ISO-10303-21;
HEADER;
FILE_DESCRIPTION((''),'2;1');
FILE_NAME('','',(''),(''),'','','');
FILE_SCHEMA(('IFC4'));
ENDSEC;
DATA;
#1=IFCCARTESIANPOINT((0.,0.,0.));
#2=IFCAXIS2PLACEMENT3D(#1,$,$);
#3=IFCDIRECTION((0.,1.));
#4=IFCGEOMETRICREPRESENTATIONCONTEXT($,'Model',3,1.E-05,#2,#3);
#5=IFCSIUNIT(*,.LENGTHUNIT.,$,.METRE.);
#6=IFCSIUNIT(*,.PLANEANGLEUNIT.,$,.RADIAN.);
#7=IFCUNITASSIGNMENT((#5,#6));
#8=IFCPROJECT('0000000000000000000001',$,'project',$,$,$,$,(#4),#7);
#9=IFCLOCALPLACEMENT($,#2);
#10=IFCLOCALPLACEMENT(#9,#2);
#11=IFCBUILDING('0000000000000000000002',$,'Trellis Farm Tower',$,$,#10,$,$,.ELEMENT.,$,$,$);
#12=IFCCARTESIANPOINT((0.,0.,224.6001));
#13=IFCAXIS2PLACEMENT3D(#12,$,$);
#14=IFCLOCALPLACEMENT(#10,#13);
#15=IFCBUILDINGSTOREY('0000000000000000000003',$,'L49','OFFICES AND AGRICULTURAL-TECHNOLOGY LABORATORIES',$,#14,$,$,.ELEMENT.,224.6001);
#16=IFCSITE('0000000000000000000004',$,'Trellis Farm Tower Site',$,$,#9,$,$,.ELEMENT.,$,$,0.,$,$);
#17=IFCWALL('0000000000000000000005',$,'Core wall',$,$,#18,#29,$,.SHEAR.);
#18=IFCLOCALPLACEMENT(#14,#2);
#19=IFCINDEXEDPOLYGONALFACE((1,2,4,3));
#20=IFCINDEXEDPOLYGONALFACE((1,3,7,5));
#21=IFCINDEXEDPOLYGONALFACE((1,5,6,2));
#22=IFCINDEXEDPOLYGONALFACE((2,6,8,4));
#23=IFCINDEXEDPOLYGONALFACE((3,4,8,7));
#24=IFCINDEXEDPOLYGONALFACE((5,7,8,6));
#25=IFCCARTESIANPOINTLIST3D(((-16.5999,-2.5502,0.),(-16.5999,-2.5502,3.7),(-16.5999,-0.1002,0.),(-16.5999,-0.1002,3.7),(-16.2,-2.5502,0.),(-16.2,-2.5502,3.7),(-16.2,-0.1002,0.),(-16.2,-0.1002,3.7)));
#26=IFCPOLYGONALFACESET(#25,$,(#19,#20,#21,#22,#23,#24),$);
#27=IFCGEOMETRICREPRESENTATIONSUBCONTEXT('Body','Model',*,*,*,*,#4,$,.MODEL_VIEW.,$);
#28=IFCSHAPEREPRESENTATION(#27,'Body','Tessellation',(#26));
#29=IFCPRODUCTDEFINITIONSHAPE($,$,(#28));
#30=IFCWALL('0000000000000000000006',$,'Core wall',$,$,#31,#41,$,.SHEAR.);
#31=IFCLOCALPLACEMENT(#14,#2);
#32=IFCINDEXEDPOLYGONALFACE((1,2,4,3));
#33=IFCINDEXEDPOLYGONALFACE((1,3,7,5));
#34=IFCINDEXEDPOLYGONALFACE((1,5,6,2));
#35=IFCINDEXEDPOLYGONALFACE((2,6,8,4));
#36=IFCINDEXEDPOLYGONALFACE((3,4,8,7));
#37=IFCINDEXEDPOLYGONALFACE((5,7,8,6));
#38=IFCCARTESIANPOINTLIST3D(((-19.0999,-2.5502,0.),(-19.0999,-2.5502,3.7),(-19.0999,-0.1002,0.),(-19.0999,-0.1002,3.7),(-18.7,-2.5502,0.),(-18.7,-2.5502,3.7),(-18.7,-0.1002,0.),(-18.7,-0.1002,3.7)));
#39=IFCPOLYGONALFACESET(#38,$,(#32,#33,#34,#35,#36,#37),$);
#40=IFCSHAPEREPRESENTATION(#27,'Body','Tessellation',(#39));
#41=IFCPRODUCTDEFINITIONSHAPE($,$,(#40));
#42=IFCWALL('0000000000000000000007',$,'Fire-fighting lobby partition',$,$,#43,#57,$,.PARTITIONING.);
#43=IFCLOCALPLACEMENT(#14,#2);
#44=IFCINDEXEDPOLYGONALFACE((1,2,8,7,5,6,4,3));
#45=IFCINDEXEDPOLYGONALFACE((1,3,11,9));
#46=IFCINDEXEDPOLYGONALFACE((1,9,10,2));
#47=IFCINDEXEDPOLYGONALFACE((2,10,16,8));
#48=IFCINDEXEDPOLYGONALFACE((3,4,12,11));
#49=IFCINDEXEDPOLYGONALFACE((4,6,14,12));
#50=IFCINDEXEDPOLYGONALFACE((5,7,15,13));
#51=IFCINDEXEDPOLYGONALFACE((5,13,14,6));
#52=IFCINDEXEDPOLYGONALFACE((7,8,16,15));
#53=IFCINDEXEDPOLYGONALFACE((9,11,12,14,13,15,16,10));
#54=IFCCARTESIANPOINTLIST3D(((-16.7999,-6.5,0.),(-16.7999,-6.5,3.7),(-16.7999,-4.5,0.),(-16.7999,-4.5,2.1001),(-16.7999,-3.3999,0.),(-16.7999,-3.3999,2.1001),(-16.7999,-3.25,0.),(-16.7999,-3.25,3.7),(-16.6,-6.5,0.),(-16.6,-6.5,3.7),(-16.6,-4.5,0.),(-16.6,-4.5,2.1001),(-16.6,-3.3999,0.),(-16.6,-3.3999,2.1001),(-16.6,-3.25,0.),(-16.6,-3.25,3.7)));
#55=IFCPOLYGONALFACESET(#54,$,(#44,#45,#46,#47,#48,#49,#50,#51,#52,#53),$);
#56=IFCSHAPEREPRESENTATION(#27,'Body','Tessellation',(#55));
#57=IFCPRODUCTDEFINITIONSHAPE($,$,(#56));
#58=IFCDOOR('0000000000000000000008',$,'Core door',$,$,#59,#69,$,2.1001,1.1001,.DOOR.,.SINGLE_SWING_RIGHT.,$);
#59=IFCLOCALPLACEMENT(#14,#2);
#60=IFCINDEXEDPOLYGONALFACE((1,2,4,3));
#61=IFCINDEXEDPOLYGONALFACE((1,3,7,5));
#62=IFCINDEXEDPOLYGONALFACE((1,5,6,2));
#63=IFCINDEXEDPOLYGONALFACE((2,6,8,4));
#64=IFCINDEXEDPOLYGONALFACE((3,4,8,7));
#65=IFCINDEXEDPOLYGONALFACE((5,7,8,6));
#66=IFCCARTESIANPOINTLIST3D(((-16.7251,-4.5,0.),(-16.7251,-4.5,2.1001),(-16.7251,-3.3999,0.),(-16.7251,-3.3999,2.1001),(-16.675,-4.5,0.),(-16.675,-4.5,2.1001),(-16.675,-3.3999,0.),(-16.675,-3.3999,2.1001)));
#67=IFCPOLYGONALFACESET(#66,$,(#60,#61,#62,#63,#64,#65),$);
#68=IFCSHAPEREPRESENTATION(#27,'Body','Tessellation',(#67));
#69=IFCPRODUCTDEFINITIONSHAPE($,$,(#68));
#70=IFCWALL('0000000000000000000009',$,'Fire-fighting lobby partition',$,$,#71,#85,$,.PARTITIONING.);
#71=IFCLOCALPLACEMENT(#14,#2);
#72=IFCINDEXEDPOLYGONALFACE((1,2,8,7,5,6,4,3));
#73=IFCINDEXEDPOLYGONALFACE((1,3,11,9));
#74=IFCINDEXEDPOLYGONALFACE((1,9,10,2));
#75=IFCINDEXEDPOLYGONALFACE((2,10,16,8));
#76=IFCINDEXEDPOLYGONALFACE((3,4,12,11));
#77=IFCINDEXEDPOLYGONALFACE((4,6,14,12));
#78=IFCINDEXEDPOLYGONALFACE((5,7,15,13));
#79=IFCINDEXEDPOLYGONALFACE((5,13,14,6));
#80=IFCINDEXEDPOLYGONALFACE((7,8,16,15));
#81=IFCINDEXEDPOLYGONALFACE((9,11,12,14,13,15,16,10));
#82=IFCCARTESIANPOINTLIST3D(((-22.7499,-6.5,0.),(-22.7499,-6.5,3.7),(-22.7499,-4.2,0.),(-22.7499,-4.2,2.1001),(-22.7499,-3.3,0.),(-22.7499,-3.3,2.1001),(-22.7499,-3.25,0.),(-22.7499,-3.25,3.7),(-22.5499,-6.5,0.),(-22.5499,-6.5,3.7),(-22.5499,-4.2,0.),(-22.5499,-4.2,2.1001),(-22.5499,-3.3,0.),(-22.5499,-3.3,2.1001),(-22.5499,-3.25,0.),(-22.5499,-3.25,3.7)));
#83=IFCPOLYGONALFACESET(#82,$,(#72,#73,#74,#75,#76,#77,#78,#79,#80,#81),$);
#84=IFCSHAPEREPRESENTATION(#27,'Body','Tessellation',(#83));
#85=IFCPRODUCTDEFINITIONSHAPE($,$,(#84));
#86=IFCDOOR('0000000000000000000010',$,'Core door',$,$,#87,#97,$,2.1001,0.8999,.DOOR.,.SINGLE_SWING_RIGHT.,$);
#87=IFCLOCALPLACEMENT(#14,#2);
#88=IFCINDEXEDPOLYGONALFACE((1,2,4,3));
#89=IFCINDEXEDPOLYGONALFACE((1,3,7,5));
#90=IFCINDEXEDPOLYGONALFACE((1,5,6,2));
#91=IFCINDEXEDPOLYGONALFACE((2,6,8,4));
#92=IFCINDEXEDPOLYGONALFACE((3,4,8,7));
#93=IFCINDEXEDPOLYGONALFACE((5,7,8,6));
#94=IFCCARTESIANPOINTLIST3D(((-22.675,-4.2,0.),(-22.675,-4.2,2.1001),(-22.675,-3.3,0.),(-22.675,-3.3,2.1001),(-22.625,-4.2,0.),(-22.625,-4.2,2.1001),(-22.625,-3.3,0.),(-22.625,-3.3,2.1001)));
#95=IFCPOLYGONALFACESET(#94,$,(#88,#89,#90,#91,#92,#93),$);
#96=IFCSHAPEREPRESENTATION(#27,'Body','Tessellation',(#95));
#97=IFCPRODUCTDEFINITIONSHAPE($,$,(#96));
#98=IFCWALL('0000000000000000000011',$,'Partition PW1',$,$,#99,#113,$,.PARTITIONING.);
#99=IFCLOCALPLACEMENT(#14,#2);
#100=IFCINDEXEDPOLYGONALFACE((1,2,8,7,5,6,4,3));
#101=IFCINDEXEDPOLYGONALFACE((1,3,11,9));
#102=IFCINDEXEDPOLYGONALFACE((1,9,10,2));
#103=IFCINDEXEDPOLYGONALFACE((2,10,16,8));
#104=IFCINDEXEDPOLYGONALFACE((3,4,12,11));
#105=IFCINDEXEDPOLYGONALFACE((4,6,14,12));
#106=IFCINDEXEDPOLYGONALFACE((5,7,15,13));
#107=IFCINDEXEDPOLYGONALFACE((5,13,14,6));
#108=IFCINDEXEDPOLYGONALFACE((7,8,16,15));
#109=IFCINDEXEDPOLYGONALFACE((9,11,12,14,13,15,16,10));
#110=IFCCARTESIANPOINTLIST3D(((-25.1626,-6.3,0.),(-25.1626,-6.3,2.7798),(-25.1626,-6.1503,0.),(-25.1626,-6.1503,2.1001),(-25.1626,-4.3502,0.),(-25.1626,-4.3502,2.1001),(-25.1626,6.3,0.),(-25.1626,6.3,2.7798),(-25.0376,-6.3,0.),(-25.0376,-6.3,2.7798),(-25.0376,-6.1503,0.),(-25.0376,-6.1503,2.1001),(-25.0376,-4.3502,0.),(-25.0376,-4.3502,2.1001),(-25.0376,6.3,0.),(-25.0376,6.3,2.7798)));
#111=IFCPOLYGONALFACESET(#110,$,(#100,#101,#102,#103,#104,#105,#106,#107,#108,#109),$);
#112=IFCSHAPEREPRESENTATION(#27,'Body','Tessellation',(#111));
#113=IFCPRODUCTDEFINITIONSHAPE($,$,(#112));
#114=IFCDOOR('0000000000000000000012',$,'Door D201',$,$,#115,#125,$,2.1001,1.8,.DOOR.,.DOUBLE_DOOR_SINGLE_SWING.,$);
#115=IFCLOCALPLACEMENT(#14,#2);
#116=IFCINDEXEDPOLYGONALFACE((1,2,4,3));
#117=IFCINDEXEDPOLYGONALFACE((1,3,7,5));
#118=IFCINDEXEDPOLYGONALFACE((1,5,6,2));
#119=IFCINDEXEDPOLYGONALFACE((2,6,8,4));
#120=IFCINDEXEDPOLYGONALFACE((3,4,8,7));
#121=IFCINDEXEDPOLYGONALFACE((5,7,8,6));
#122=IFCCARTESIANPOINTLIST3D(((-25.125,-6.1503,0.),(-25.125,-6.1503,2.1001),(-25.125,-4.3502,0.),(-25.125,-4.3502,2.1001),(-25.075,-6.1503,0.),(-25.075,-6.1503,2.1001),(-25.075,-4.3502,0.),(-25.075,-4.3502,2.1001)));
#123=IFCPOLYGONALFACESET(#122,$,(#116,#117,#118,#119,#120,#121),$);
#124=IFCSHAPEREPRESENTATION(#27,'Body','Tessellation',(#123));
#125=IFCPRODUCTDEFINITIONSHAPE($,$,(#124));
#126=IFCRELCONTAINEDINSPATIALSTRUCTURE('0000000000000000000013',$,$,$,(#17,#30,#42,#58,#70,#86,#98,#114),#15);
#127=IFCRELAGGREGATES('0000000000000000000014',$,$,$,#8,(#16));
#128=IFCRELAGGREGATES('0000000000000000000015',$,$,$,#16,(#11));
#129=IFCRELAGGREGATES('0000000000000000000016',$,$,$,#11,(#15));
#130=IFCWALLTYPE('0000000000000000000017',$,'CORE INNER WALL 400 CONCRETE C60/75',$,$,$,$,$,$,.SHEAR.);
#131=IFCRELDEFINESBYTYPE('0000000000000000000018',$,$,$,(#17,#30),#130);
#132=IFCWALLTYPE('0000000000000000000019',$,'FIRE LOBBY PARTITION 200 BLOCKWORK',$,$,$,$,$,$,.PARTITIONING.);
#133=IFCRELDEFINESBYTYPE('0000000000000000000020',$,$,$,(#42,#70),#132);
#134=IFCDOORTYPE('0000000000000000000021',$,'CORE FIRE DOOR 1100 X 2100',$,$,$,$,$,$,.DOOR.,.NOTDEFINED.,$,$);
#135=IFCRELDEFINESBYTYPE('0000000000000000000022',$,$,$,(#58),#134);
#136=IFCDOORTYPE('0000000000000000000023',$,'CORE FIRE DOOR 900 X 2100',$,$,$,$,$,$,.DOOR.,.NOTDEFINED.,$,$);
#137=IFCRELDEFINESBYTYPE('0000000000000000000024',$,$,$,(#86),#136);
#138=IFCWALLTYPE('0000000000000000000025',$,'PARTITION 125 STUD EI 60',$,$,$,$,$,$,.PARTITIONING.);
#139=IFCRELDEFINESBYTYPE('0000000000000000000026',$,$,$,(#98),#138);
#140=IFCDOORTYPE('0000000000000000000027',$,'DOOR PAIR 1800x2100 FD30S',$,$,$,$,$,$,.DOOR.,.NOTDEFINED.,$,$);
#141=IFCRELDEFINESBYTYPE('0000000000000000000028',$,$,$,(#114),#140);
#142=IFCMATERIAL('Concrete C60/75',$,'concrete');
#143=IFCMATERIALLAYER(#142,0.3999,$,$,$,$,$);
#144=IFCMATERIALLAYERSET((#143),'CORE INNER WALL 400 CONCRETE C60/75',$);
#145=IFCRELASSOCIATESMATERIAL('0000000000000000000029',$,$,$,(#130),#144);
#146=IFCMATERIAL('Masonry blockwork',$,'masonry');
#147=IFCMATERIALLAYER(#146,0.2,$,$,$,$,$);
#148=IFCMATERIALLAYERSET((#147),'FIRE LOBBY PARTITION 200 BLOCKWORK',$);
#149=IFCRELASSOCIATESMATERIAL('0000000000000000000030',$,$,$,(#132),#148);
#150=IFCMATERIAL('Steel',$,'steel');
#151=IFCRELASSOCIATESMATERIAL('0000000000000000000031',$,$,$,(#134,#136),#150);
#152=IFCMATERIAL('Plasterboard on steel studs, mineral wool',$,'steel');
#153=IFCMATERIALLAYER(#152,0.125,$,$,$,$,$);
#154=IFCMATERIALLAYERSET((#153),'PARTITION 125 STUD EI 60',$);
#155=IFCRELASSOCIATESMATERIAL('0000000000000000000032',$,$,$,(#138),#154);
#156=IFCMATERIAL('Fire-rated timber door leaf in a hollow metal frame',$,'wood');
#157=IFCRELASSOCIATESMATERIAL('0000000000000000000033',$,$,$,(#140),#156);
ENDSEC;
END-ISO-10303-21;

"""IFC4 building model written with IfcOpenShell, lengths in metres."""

from ifc_helpers import new_model, si_unit, direction, frame, frame_2d, origin, place, context, subcontext, project, spatial, rectangle, extrude, source, transform, mapped, material, layer, layer_set, type_object, element, fill, save


model = new_model("IFC4")

# Units and contexts
model_context = context("Model", 3, precision=1e-05, world=origin(), true_north=direction((0.0, 1.0)))
body_context = subcontext(model_context, "Body", "Model", "MODEL_VIEW")
ifc_project = project(units=[si_unit("LENGTHUNIT", "METRE"), si_unit("PLANEANGLEUNIT", "RADIAN")], contexts=[model_context])

# Site, building, storey
site_placement = place(None, origin())
site = spatial("IfcSite", under=ifc_project, at=site_placement, Name="Trellis Farm Tower Site", CompositionType="ELEMENT", RefElevation=0.0)
building_placement = place(site_placement, origin())
building = spatial("IfcBuilding", under=site, at=building_placement, Name="Trellis Farm Tower", CompositionType="ELEMENT")
storey_placement = place(building_placement, frame((0.0, 0.0, 224.6001)))
storey = spatial("IfcBuildingStorey", under=building, at=storey_placement, Name="L49", Description="OFFICES AND AGRICULTURAL-TECHNOLOGY LABORATORIES", CompositionType="ELEMENT", Elevation=224.6001)

# Shared definitions
ifc_material_1 = material(Name="Concrete C60/75", Category="concrete")

# Walls
ifc_layer_1 = layer(ifc_material_1, 0.3999)
ifc_layer_set_1 = layer_set([ifc_layer_1], Name="CORE INNER WALL 400 CONCRETE C60/75")
wall_type_1 = type_object("IfcWallType", Name="CORE INNER WALL 400 CONCRETE C60/75", PredefinedType="SHEAR", material=ifc_layer_set_1)
shared_shape_1 = source(origin(), body_context, "Body", "SweptSolid", [
    extrude(rectangle(XDim=2.45, YDim=0.3999, at=frame_2d((1.2251, 0.0))), origin(), (0.0, 0.0, 1.0), 3.7),
])
for number, where, z_axis, x_axis, name in (
    (1, (-16.3999, -0.1001, 0.0), (0.0, 0.0, 1.0), (0.0, -1.0, 0.0), "Core wall"),
    (2, (-18.8999, -0.1001, 0.0), (0.0, 0.0, 1.0), (0.0, -1.0, 0.0), "Core wall"),
):
    element("IfcWall", number, at=place(storey_placement, frame(where, z_axis=z_axis, x_axis=x_axis)), inside=storey, type_object=wall_type_1, Name=name, PredefinedType="SHEAR", context=body_context, shape_type="MappedRepresentation", body=[
        mapped(shared_shape_1, transform((0.0, 0.0, 0.0))),
    ])

# Walls, openings, doors
ifc_material_2 = material(Name="Masonry blockwork", Category="masonry")
ifc_layer_2 = layer(ifc_material_2, 0.2)
ifc_layer_set_2 = layer_set([ifc_layer_2], Name="FIRE LOBBY PARTITION 200 BLOCKWORK")
wall_type_2 = type_object("IfcWallType", Name="FIRE LOBBY PARTITION 200 BLOCKWORK", PredefinedType="PARTITIONING", material=ifc_layer_set_2)
shared_shape_2 = source(origin(), body_context, "Body", "SweptSolid", [
    extrude(rectangle(XDim=3.25, YDim=0.2, at=frame_2d((1.625, 0.0))), origin(), (0.0, 0.0, 1.0), 3.7),
])
wall_1_placement = place(storey_placement, frame((-16.7, -3.25, 0.0), z_axis=(0.0, 0.0, 1.0), x_axis=(0.0, -1.0, 0.0)))
wall_1 = element("IfcWall", 3, at=wall_1_placement, inside=storey, type_object=wall_type_2, Name="Fire-fighting lobby partition", PredefinedType="PARTITIONING", context=body_context, shape_type="MappedRepresentation", body=[
    mapped(shared_shape_2, transform((0.0, 0.0, 0.0))),
])
shared_shape_3 = source(origin(), body_context, "Body", "SweptSolid", [
    extrude(rectangle(XDim=1.1001, YDim=2.1001, at=frame_2d((0.55, 1.05))), frame((0.0, 0.1101, 0.0), z_axis=(0.0, -1.0, 0.0), x_axis=(1.0, 0.0, 0.0)), (0.0, 0.0, 1.0), 0.2202),
])
opening_1_placement = place(wall_1_placement, frame((0.1499, 0.0, 0.0)))
opening_1 = element("IfcOpeningElement", 4, at=opening_1_placement, cuts=wall_1, PredefinedType="OPENING", context=body_context, shape_type="MappedRepresentation", body=[
    mapped(shared_shape_3, transform((0.0, 0.0, 0.0))),
])
ifc_material_3 = material(Name="Steel", Category="steel")
door_type_1 = type_object("IfcDoorType", Name="CORE FIRE DOOR 1100 X 2100", OperationType="NOTDEFINED", PredefinedType="DOOR", material=ifc_material_3)
shared_shape_4 = source(origin(), body_context, "Body", "SweptSolid", [
    extrude(rectangle(XDim=1.1001, YDim=2.1001, at=frame_2d((0.55, 1.05))), frame((0.0, 0.0249, 0.0), z_axis=(0.0, -1.0, 0.0), x_axis=(1.0, 0.0, 0.0)), (0.0, 0.0, 1.0), 0.05),
])
door_1_placement = place(opening_1_placement, origin())
door_1 = element("IfcDoor", 5, at=door_1_placement, inside=storey, type_object=door_type_1, Name="Core door", OperationType="SINGLE_SWING_RIGHT", OverallHeight=2.1001, OverallWidth=1.1001, PredefinedType="DOOR", context=body_context, shape_type="MappedRepresentation", body=[
    mapped(shared_shape_4, transform((0.0, 0.0, 0.0))),
])
fill(opening_1, door_1)
wall_2_placement = place(storey_placement, frame((-22.6499, -3.25, 0.0), z_axis=(0.0, 0.0, 1.0), x_axis=(0.0, -1.0, 0.0)))
wall_2 = element("IfcWall", 6, at=wall_2_placement, inside=storey, type_object=wall_type_2, Name="Fire-fighting lobby partition", PredefinedType="PARTITIONING", context=body_context, shape_type="MappedRepresentation", body=[
    mapped(shared_shape_2, transform((0.0, 0.0, 0.0))),
])
shared_shape_5 = source(origin(), body_context, "Body", "SweptSolid", [
    extrude(rectangle(XDim=0.8999, YDim=2.1001, at=frame_2d((0.45, 1.05))), frame((0.0, 0.1101, 0.0), z_axis=(0.0, -1.0, 0.0), x_axis=(1.0, 0.0, 0.0)), (0.0, 0.0, 1.0), 0.2202),
])
opening_2_placement = place(wall_2_placement, frame((0.05, 0.0, 0.0)))
opening_2 = element("IfcOpeningElement", 7, at=opening_2_placement, cuts=wall_2, PredefinedType="OPENING", context=body_context, shape_type="MappedRepresentation", body=[
    mapped(shared_shape_5, transform((0.0, 0.0, 0.0))),
])
door_type_2 = type_object("IfcDoorType", Name="CORE FIRE DOOR 900 X 2100", OperationType="NOTDEFINED", PredefinedType="DOOR", material=ifc_material_3)
shared_shape_6 = source(origin(), body_context, "Body", "SweptSolid", [
    extrude(rectangle(XDim=0.8999, YDim=2.1001, at=frame_2d((0.45, 1.05))), frame((0.0, 0.0249, 0.0), z_axis=(0.0, -1.0, 0.0), x_axis=(1.0, 0.0, 0.0)), (0.0, 0.0, 1.0), 0.05),
])
door_2_placement = place(opening_2_placement, origin())
door_2 = element("IfcDoor", 8, at=door_2_placement, inside=storey, type_object=door_type_2, Name="Core door", OperationType="SINGLE_SWING_RIGHT", OverallHeight=2.1001, OverallWidth=0.8999, PredefinedType="DOOR", context=body_context, shape_type="MappedRepresentation", body=[
    mapped(shared_shape_6, transform((0.0, 0.0, 0.0))),
])
fill(opening_2, door_2)
ifc_material_4 = material(Name="Plasterboard on steel studs, mineral wool", Category="steel")
ifc_layer_3 = layer(ifc_material_4, 0.125)
ifc_layer_set_3 = layer_set([ifc_layer_3], Name="PARTITION 125 STUD EI 60")
wall_type_3 = type_object("IfcWallType", Name="PARTITION 125 STUD EI 60", PredefinedType="PARTITIONING", material=ifc_layer_set_3)
shared_shape_7 = source(origin(), body_context, "Body", "SweptSolid", [
    extrude(rectangle(XDim=12.6001, YDim=0.125, at=frame_2d((6.3, 0.0))), origin(), (0.0, 0.0, 1.0), 2.7798),
])
wall_3_placement = place(storey_placement, frame((-25.1001, -6.3, 0.0), z_axis=(0.0, 0.0, 1.0), x_axis=(0.0, 1.0, 0.0)))
wall_3 = element("IfcWall", 9, at=wall_3_placement, inside=storey, type_object=wall_type_3, Name="Partition PW1", PredefinedType="PARTITIONING", context=body_context, shape_type="MappedRepresentation", body=[
    mapped(shared_shape_7, transform((0.0, 0.0, 0.0))),
])
shared_shape_8 = source(origin(), body_context, "Body", "SweptSolid", [
    extrude(rectangle(XDim=1.8, YDim=2.1001, at=frame_2d((0.8999, 1.05))), frame((0.0, 0.0725, 0.0), z_axis=(0.0, -1.0, 0.0), x_axis=(1.0, 0.0, 0.0)), (0.0, 0.0, 1.0), 0.145),
])
opening_3_placement = place(wall_3_placement, frame((0.1499, 0.0, 0.0)))
opening_3 = element("IfcOpeningElement", 10, at=opening_3_placement, cuts=wall_3, PredefinedType="OPENING", context=body_context, shape_type="MappedRepresentation", body=[
    mapped(shared_shape_8, transform((0.0, 0.0, 0.0))),
])
ifc_material_5 = material(Name="Fire-rated timber door leaf in a hollow metal frame", Category="wood")
door_type_3 = type_object("IfcDoorType", Name="DOOR PAIR 1800x2100 FD30S", OperationType="NOTDEFINED", PredefinedType="DOOR", material=ifc_material_5)
shared_shape_9 = source(origin(), body_context, "Body", "SweptSolid", [
    extrude(rectangle(XDim=1.8, YDim=2.1001, at=frame_2d((0.8999, 1.05))), frame((0.0, 0.0249, 0.0), z_axis=(0.0, -1.0, 0.0), x_axis=(1.0, 0.0, 0.0)), (0.0, 0.0, 1.0), 0.05),
])
door_3_placement = place(opening_3_placement, origin())
door_3 = element("IfcDoor", 11, at=door_3_placement, inside=storey, type_object=door_type_3, Name="Door D201", OperationType="DOUBLE_DOOR_SINGLE_SWING", OverallHeight=2.1001, OverallWidth=1.8, PredefinedType="DOOR", context=body_context, shape_type="MappedRepresentation", body=[
    mapped(shared_shape_9, transform((0.0, 0.0, 0.0))),
])
fill(opening_3, door_3)

save(model, "model.ifc")
